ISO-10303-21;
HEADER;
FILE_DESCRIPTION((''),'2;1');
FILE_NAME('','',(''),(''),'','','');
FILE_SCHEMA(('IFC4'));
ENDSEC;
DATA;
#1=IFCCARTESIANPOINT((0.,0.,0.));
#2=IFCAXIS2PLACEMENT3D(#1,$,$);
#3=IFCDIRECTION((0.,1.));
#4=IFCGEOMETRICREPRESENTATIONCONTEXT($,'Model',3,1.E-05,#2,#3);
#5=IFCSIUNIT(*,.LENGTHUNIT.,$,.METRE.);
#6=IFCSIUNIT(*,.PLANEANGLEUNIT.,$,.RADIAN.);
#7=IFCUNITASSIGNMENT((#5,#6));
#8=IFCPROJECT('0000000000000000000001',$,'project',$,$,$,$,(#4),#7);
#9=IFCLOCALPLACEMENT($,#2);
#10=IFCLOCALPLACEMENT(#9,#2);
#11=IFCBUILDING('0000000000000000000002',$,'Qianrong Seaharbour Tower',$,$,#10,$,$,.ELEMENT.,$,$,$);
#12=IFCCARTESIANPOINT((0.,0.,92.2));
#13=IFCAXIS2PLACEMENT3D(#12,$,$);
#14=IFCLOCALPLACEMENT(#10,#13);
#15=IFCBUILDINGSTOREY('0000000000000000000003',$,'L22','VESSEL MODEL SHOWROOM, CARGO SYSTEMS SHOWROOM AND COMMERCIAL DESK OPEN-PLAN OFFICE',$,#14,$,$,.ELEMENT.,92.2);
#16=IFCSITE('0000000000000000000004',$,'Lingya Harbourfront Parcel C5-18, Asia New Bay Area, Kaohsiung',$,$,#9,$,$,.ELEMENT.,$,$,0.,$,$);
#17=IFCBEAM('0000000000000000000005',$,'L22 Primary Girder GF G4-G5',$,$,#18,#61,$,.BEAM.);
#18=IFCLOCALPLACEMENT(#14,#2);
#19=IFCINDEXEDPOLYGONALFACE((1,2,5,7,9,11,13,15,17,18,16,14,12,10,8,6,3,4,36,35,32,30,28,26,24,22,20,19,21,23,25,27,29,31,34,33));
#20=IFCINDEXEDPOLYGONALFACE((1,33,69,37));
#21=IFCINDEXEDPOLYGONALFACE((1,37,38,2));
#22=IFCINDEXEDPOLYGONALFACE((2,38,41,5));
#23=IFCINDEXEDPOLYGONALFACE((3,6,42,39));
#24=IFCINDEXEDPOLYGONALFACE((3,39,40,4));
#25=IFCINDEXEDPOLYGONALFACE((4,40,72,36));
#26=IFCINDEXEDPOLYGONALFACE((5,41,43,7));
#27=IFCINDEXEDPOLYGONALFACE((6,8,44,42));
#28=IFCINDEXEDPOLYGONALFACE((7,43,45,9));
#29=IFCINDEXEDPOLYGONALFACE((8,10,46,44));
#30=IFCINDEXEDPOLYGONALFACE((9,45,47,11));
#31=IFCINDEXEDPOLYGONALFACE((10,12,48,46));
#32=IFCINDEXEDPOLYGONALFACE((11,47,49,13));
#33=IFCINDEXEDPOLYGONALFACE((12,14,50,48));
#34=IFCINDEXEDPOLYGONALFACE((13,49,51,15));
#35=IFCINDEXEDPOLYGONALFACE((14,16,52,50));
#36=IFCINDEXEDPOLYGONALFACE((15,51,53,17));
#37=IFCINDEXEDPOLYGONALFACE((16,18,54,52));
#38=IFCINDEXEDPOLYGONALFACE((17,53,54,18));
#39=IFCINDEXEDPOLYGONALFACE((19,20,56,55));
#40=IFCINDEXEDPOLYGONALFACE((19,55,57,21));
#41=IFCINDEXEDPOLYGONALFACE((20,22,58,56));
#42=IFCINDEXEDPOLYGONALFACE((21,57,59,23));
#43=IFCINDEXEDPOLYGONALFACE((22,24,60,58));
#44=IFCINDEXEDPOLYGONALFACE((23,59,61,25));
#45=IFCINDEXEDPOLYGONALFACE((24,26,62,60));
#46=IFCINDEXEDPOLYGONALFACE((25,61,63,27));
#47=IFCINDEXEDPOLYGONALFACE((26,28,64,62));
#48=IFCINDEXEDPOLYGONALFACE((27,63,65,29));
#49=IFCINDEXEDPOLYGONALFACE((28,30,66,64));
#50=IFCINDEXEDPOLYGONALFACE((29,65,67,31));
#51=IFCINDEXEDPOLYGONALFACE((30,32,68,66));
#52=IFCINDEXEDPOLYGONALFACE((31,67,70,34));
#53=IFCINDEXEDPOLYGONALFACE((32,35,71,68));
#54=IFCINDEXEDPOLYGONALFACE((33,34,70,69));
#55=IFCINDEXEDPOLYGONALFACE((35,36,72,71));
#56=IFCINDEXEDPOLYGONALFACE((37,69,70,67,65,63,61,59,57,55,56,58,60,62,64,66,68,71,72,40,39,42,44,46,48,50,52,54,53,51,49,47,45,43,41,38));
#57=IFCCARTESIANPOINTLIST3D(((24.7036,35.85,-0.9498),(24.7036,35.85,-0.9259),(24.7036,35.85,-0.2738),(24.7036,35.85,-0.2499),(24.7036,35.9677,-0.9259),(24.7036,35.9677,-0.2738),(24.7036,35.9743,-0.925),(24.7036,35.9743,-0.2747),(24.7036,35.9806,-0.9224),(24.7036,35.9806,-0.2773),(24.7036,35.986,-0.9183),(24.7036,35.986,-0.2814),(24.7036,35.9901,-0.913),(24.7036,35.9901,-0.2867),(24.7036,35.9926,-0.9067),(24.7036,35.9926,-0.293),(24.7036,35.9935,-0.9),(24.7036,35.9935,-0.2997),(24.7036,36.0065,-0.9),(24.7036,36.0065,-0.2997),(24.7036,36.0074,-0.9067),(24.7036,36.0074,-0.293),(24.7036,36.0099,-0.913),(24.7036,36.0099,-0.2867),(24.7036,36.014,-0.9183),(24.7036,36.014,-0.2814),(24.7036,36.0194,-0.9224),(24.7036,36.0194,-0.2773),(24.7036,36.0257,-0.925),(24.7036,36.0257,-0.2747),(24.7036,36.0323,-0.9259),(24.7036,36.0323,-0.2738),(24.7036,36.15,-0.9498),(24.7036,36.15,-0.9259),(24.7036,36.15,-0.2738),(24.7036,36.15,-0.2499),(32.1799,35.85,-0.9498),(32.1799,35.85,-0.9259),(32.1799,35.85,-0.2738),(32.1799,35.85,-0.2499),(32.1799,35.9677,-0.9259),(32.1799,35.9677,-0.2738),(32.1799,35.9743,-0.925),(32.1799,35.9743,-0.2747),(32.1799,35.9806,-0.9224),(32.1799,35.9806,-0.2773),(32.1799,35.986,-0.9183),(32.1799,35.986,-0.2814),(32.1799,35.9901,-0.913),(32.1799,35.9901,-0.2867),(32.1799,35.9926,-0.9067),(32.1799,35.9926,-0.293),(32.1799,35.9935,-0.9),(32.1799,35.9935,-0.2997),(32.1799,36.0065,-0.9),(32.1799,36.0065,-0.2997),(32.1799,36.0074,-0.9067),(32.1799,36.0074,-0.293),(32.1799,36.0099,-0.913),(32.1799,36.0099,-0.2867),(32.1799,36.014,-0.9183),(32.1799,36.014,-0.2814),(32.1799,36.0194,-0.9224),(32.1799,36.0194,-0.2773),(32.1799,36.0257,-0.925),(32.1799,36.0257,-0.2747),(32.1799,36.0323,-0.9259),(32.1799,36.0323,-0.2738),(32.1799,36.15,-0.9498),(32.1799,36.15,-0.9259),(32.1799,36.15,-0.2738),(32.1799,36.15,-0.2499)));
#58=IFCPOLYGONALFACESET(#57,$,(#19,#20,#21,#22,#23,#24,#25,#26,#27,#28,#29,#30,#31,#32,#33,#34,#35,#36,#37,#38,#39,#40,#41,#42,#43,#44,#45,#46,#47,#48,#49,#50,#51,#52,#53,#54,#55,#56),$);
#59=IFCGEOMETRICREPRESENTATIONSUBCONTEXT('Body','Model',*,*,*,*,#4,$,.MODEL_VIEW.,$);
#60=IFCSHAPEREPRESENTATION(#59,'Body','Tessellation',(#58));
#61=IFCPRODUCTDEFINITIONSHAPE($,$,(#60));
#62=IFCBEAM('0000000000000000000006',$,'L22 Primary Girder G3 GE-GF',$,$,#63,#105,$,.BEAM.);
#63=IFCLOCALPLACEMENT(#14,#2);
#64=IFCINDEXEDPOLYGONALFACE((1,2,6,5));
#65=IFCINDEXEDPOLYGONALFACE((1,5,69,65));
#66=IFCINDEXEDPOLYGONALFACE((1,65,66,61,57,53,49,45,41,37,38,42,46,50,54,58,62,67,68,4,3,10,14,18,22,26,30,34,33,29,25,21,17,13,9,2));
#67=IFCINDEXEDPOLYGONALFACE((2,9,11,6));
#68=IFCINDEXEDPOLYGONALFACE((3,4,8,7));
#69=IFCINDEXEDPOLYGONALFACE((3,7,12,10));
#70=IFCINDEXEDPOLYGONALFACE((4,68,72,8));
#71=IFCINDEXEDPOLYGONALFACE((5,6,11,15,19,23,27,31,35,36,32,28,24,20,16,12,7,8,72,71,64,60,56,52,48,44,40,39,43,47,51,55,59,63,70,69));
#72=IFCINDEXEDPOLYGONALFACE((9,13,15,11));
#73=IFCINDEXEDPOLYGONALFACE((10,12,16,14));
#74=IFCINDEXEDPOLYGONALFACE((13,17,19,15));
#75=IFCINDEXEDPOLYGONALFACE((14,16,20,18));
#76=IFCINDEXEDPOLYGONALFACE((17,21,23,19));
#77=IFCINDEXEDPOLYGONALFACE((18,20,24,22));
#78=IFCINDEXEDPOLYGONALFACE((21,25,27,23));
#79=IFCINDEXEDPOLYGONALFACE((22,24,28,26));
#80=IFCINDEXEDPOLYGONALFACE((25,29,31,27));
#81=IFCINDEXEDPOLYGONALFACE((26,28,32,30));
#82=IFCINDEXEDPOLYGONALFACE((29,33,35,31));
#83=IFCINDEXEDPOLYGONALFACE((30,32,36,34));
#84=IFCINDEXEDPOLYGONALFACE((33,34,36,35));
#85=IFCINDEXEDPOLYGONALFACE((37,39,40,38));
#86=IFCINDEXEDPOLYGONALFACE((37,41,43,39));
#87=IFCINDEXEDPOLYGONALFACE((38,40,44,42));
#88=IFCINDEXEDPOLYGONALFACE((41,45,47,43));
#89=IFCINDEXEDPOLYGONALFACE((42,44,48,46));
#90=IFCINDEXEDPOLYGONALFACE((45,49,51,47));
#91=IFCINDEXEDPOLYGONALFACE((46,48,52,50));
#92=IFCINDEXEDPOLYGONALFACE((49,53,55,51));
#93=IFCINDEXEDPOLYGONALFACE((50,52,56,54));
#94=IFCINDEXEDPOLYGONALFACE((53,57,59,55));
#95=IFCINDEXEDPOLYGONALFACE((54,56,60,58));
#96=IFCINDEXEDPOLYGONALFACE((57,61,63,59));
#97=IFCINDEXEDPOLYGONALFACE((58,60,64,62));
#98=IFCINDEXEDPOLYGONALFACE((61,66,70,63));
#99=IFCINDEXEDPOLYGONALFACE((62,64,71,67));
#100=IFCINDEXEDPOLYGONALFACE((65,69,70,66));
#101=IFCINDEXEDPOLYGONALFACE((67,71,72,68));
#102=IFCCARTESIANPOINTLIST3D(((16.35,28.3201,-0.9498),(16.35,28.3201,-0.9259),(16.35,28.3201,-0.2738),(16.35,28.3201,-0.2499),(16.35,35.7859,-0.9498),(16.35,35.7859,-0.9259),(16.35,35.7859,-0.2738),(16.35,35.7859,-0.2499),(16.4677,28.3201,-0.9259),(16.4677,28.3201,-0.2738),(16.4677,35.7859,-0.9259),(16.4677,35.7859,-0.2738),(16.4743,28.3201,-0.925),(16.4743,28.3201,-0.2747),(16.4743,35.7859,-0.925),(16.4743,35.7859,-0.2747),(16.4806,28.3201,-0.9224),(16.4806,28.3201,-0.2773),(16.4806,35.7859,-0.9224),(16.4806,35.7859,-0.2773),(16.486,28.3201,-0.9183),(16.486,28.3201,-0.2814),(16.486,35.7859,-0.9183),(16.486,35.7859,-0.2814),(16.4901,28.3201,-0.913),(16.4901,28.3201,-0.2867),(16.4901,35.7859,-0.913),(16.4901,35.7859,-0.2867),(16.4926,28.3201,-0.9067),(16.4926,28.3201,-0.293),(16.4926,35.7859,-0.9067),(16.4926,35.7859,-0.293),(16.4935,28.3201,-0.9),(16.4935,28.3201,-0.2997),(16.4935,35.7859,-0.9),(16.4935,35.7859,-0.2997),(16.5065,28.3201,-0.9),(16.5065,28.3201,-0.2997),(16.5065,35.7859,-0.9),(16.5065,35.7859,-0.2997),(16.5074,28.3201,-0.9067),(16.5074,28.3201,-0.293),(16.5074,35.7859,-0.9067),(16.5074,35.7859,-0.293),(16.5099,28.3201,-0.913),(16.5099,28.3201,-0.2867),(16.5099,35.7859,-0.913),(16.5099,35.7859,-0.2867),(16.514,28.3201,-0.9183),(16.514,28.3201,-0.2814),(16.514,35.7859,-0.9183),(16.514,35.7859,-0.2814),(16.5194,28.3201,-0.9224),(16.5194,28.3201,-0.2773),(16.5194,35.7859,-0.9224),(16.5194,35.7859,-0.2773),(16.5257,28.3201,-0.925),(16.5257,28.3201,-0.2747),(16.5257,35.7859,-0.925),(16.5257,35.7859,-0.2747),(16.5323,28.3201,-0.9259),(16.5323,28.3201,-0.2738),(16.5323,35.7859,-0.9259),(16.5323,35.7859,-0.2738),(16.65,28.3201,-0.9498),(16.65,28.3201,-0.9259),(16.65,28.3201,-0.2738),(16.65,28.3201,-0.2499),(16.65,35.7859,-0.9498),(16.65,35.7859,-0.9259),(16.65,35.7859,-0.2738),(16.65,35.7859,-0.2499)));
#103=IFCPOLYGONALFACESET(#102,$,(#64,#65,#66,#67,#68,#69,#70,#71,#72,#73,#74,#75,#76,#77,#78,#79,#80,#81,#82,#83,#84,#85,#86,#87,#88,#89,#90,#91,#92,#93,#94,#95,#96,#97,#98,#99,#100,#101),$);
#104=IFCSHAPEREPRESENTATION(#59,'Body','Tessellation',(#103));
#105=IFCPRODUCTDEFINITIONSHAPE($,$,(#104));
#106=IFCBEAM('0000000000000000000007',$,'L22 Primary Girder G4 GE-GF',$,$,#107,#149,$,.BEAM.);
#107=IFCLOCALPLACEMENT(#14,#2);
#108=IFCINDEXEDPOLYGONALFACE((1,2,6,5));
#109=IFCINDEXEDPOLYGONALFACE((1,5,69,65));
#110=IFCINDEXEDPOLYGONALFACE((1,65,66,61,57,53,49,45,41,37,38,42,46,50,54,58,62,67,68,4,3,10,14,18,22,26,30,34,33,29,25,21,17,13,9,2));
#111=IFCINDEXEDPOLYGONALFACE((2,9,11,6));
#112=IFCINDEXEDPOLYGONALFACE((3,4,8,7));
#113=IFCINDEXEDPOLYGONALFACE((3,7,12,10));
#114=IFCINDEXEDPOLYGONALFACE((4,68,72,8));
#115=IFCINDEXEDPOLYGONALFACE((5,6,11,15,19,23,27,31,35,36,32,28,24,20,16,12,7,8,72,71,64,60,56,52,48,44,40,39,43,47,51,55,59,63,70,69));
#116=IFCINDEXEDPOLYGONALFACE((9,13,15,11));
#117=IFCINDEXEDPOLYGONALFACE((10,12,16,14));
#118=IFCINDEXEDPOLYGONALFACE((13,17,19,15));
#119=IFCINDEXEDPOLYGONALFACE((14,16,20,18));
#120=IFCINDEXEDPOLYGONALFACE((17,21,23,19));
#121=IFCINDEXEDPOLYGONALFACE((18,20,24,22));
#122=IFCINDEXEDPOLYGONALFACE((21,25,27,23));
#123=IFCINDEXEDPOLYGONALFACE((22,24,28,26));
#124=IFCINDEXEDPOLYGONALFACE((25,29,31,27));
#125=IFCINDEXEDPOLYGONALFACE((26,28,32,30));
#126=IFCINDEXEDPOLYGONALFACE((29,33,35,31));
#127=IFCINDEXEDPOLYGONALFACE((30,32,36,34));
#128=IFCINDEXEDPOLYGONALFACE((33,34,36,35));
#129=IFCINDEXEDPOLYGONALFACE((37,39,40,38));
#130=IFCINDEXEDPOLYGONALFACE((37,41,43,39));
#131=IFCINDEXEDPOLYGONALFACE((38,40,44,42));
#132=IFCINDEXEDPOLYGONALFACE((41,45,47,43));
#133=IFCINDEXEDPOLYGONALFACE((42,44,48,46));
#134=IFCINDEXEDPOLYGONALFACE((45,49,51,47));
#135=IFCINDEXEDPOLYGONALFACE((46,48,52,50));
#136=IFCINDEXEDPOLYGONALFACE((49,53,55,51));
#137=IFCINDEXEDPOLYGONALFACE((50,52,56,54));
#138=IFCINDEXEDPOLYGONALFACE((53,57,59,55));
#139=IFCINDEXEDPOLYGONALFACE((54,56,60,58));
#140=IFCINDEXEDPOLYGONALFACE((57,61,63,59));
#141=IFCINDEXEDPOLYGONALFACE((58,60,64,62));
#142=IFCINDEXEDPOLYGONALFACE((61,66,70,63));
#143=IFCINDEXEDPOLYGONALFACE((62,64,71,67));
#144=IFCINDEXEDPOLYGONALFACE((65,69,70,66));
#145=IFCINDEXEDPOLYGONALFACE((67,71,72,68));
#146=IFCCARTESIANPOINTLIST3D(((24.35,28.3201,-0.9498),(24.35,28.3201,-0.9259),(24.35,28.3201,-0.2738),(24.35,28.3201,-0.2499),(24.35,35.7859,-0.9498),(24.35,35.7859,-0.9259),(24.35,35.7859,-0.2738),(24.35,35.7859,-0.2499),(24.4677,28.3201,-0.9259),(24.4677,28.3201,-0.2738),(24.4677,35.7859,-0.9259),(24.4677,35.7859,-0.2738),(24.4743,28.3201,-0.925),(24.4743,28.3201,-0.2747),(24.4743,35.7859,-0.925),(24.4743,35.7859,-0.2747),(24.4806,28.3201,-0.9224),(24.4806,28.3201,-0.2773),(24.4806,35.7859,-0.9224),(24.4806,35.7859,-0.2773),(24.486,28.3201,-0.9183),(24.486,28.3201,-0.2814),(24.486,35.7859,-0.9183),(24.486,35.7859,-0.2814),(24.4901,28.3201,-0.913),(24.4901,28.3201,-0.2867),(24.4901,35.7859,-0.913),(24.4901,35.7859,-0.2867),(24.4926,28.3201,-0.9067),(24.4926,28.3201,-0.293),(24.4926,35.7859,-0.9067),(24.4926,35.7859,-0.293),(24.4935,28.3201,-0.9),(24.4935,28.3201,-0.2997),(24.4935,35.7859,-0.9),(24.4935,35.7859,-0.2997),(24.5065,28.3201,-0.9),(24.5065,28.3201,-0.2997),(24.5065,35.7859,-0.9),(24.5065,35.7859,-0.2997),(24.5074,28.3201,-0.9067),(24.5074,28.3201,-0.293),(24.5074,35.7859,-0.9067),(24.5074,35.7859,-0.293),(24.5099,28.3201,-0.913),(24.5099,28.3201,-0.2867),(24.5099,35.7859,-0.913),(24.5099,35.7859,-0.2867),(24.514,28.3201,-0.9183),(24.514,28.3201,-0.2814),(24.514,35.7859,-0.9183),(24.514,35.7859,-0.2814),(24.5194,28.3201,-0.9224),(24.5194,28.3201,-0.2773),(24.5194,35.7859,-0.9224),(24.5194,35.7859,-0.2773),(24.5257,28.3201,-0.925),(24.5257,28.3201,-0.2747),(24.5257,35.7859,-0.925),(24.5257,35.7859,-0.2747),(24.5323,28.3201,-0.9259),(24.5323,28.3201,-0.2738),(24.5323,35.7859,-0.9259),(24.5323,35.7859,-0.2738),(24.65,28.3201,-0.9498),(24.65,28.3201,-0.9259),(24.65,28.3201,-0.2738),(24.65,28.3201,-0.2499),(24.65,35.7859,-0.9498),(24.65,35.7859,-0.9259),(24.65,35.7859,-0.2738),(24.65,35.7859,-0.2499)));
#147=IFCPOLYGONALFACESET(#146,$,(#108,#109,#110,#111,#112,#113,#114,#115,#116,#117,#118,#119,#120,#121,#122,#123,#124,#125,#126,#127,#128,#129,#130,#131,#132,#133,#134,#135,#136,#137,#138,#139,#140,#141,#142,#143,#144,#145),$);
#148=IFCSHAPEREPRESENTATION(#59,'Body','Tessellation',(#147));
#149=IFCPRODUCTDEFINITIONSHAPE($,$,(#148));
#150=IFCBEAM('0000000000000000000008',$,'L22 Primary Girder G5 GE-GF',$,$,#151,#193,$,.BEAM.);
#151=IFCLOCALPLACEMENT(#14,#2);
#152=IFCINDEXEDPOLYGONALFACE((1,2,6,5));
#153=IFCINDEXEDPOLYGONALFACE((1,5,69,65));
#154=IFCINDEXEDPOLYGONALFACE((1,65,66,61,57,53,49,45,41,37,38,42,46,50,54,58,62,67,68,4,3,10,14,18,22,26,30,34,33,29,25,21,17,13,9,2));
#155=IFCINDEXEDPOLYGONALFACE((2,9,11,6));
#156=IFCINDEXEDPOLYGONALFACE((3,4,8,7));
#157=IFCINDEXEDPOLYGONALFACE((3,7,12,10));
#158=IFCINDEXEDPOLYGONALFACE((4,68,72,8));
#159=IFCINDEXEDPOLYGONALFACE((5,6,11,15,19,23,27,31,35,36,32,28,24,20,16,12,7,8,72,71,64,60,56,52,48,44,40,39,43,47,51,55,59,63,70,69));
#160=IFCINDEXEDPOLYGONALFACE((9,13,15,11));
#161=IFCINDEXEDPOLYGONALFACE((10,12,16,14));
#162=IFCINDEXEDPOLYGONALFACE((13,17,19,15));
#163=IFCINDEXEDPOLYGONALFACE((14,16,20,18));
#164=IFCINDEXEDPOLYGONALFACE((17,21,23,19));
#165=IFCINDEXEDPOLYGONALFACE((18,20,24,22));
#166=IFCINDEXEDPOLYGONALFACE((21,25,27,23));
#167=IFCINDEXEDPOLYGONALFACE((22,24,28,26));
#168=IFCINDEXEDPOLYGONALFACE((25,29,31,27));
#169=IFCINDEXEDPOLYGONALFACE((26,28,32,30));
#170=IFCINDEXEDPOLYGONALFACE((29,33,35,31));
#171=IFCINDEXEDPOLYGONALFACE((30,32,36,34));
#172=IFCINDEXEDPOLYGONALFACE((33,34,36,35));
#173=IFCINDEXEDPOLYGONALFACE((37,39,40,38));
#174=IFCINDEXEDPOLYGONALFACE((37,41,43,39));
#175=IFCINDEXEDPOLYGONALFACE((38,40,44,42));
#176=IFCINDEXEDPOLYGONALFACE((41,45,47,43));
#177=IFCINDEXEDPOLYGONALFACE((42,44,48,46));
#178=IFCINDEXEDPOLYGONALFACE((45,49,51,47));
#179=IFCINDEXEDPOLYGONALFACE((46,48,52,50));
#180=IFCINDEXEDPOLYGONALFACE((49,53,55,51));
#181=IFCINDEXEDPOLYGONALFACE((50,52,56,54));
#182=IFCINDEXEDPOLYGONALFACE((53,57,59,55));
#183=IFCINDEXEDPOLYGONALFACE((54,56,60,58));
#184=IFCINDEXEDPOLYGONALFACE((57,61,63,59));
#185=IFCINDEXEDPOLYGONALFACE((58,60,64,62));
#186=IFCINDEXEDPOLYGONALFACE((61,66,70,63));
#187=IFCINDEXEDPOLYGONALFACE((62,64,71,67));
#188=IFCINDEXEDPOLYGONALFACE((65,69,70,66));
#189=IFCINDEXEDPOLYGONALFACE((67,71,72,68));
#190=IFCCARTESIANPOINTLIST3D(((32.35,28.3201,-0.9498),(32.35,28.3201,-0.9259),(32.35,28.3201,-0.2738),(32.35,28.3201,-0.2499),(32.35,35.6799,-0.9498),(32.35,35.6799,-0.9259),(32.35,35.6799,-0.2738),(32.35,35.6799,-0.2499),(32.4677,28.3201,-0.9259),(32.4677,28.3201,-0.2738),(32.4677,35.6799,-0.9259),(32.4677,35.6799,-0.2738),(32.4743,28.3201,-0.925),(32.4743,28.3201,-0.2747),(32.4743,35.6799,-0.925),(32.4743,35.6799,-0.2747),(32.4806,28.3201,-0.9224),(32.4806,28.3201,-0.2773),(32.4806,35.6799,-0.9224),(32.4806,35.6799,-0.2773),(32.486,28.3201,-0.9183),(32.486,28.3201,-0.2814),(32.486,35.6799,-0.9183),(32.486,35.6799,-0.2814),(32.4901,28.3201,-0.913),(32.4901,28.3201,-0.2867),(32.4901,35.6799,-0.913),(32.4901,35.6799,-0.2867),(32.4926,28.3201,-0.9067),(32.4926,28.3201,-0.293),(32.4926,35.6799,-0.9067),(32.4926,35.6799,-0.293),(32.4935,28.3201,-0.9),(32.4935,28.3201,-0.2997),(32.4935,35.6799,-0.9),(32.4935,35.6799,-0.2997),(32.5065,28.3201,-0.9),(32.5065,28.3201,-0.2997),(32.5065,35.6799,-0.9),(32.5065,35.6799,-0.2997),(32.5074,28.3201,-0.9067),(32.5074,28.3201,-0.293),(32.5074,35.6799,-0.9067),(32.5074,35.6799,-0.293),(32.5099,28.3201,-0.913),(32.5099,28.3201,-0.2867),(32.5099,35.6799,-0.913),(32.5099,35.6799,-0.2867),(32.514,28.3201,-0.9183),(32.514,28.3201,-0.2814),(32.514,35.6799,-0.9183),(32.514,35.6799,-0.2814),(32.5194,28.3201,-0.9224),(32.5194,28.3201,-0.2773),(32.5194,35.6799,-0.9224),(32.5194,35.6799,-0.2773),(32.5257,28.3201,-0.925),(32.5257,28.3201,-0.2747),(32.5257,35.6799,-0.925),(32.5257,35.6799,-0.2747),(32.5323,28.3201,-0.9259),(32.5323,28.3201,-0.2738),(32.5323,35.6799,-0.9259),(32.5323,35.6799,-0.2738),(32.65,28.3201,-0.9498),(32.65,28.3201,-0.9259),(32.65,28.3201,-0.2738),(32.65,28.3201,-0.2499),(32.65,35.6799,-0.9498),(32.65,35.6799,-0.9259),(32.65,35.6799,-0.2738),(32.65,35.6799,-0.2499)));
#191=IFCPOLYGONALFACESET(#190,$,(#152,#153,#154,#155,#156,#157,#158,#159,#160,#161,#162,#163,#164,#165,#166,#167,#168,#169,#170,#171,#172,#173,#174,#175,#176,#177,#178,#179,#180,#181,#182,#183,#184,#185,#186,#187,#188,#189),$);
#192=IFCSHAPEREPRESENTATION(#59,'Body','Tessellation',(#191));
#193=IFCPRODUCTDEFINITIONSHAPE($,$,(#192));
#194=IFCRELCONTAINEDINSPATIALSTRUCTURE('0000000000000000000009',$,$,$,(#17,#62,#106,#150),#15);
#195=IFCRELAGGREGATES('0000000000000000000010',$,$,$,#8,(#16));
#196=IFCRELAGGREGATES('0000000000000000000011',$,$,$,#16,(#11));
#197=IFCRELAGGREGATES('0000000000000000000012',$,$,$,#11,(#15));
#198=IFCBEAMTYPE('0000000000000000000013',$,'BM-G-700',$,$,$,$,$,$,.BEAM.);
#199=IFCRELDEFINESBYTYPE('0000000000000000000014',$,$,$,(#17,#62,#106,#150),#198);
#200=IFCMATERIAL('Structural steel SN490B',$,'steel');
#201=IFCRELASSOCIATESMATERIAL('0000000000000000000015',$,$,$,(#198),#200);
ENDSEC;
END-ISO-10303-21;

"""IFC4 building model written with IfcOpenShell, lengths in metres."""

from ifc_helpers import new_model, si_unit, direction, frame, origin, origin_2d, place, context, subcontext, project, spatial, i_section, extrude, material, material_profile, profile_set, type_object, element, save


model = new_model("IFC4")

# Units and contexts
model_context = context("Model", 3, precision=1e-05, world=origin(), true_north=direction((0.0, 1.0)))
body_context = subcontext(model_context, "Body", "Model", "MODEL_VIEW")
ifc_project = project(units=[si_unit("LENGTHUNIT", "METRE"), si_unit("PLANEANGLEUNIT", "RADIAN")], contexts=[model_context])

# Site, building, storey
site_placement = place(None, origin())
site = spatial("IfcSite", under=ifc_project, at=site_placement, Name="Lingya Harbourfront Parcel C5-18, Asia New Bay Area, Kaohsiung", CompositionType="ELEMENT", RefElevation=0.0)
building_placement = place(site_placement, origin())
building = spatial("IfcBuilding", under=site, at=building_placement, Name="Qianrong Seaharbour Tower", CompositionType="ELEMENT")
storey_placement = place(building_placement, frame((0.0, 0.0, 92.2)))
storey = spatial("IfcBuildingStorey", under=building, at=storey_placement, Name="L22", Description="VESSEL MODEL SHOWROOM, CARGO SYSTEMS SHOWROOM AND COMMERCIAL DESK OPEN-PLAN OFFICE", CompositionType="ELEMENT", Elevation=92.2)

# Shared definitions
ifc_material_1 = material(Name="Structural steel SN490B", Category="steel")

# Beams
ifc_material_profile_1 = material_profile(ifc_material_1, i_section(OverallWidth=0.3, OverallDepth=0.7, WebThickness=0.0129, FlangeThickness=0.0239, FilletRadius=0.0259, at=origin_2d()), Name="H700x300x13x24")
ifc_profile_set_1 = profile_set([ifc_material_profile_1], Name="Structural steel SN490B")
beam_type_1 = type_object("IfcBeamType", Name="BM-G-700", PredefinedType="BEAM", material=ifc_profile_set_1)
beam_1_placement = place(storey_placement, frame((24.7036, 36.0, -0.5999), z_axis=(1.0, 0.0, 0.0), x_axis=(0.0, 1.0, 0.0)))
element("IfcBeam", 1, at=beam_1_placement, inside=storey, type_object=beam_type_1, Name="L22 Primary Girder GF G4-G5", PredefinedType="BEAM", context=body_context, shape_type="SweptSolid", body=[
    extrude(i_section(OverallWidth=0.3, OverallDepth=0.7, WebThickness=0.0129, FlangeThickness=0.0239, FilletRadius=0.0259, at=origin_2d()), origin(), (0.0, 0.0, 1.0), 7.4763),
])
for number, where, z_axis, x_axis, name in (
    (2, (16.5, 28.3201, -0.5999), (0.0, 1.0, 0.0), (-1.0, 0.0, 0.0), "L22 Primary Girder G3 GE-GF"),
    (3, (24.5, 28.3201, -0.5999), (0.0, 1.0, 0.0), (-1.0, 0.0, 0.0), "L22 Primary Girder G4 GE-GF"),
):
    element("IfcBeam", number, at=place(storey_placement, frame(where, z_axis=z_axis, x_axis=x_axis)), inside=storey, type_object=beam_type_1, Name=name, PredefinedType="BEAM", context=body_context, shape_type="SweptSolid", body=[
        extrude(i_section(OverallWidth=0.3, OverallDepth=0.7, WebThickness=0.0129, FlangeThickness=0.0239, FilletRadius=0.0259, at=origin_2d()), origin(), (0.0, 0.0, 1.0), 7.4658),
    ])
beam_2_placement = place(storey_placement, frame((32.5, 28.3201, -0.5999), z_axis=(0.0, 1.0, 0.0), x_axis=(-1.0, 0.0, 0.0)))
element("IfcBeam", 4, at=beam_2_placement, inside=storey, type_object=beam_type_1, Name="L22 Primary Girder G5 GE-GF", PredefinedType="BEAM", context=body_context, shape_type="SweptSolid", body=[
    extrude(i_section(OverallWidth=0.3, OverallDepth=0.7, WebThickness=0.0129, FlangeThickness=0.0239, FilletRadius=0.0259, at=origin_2d()), origin(), (0.0, 0.0, 1.0), 7.3599),
])

save(model, "model.ifc")
